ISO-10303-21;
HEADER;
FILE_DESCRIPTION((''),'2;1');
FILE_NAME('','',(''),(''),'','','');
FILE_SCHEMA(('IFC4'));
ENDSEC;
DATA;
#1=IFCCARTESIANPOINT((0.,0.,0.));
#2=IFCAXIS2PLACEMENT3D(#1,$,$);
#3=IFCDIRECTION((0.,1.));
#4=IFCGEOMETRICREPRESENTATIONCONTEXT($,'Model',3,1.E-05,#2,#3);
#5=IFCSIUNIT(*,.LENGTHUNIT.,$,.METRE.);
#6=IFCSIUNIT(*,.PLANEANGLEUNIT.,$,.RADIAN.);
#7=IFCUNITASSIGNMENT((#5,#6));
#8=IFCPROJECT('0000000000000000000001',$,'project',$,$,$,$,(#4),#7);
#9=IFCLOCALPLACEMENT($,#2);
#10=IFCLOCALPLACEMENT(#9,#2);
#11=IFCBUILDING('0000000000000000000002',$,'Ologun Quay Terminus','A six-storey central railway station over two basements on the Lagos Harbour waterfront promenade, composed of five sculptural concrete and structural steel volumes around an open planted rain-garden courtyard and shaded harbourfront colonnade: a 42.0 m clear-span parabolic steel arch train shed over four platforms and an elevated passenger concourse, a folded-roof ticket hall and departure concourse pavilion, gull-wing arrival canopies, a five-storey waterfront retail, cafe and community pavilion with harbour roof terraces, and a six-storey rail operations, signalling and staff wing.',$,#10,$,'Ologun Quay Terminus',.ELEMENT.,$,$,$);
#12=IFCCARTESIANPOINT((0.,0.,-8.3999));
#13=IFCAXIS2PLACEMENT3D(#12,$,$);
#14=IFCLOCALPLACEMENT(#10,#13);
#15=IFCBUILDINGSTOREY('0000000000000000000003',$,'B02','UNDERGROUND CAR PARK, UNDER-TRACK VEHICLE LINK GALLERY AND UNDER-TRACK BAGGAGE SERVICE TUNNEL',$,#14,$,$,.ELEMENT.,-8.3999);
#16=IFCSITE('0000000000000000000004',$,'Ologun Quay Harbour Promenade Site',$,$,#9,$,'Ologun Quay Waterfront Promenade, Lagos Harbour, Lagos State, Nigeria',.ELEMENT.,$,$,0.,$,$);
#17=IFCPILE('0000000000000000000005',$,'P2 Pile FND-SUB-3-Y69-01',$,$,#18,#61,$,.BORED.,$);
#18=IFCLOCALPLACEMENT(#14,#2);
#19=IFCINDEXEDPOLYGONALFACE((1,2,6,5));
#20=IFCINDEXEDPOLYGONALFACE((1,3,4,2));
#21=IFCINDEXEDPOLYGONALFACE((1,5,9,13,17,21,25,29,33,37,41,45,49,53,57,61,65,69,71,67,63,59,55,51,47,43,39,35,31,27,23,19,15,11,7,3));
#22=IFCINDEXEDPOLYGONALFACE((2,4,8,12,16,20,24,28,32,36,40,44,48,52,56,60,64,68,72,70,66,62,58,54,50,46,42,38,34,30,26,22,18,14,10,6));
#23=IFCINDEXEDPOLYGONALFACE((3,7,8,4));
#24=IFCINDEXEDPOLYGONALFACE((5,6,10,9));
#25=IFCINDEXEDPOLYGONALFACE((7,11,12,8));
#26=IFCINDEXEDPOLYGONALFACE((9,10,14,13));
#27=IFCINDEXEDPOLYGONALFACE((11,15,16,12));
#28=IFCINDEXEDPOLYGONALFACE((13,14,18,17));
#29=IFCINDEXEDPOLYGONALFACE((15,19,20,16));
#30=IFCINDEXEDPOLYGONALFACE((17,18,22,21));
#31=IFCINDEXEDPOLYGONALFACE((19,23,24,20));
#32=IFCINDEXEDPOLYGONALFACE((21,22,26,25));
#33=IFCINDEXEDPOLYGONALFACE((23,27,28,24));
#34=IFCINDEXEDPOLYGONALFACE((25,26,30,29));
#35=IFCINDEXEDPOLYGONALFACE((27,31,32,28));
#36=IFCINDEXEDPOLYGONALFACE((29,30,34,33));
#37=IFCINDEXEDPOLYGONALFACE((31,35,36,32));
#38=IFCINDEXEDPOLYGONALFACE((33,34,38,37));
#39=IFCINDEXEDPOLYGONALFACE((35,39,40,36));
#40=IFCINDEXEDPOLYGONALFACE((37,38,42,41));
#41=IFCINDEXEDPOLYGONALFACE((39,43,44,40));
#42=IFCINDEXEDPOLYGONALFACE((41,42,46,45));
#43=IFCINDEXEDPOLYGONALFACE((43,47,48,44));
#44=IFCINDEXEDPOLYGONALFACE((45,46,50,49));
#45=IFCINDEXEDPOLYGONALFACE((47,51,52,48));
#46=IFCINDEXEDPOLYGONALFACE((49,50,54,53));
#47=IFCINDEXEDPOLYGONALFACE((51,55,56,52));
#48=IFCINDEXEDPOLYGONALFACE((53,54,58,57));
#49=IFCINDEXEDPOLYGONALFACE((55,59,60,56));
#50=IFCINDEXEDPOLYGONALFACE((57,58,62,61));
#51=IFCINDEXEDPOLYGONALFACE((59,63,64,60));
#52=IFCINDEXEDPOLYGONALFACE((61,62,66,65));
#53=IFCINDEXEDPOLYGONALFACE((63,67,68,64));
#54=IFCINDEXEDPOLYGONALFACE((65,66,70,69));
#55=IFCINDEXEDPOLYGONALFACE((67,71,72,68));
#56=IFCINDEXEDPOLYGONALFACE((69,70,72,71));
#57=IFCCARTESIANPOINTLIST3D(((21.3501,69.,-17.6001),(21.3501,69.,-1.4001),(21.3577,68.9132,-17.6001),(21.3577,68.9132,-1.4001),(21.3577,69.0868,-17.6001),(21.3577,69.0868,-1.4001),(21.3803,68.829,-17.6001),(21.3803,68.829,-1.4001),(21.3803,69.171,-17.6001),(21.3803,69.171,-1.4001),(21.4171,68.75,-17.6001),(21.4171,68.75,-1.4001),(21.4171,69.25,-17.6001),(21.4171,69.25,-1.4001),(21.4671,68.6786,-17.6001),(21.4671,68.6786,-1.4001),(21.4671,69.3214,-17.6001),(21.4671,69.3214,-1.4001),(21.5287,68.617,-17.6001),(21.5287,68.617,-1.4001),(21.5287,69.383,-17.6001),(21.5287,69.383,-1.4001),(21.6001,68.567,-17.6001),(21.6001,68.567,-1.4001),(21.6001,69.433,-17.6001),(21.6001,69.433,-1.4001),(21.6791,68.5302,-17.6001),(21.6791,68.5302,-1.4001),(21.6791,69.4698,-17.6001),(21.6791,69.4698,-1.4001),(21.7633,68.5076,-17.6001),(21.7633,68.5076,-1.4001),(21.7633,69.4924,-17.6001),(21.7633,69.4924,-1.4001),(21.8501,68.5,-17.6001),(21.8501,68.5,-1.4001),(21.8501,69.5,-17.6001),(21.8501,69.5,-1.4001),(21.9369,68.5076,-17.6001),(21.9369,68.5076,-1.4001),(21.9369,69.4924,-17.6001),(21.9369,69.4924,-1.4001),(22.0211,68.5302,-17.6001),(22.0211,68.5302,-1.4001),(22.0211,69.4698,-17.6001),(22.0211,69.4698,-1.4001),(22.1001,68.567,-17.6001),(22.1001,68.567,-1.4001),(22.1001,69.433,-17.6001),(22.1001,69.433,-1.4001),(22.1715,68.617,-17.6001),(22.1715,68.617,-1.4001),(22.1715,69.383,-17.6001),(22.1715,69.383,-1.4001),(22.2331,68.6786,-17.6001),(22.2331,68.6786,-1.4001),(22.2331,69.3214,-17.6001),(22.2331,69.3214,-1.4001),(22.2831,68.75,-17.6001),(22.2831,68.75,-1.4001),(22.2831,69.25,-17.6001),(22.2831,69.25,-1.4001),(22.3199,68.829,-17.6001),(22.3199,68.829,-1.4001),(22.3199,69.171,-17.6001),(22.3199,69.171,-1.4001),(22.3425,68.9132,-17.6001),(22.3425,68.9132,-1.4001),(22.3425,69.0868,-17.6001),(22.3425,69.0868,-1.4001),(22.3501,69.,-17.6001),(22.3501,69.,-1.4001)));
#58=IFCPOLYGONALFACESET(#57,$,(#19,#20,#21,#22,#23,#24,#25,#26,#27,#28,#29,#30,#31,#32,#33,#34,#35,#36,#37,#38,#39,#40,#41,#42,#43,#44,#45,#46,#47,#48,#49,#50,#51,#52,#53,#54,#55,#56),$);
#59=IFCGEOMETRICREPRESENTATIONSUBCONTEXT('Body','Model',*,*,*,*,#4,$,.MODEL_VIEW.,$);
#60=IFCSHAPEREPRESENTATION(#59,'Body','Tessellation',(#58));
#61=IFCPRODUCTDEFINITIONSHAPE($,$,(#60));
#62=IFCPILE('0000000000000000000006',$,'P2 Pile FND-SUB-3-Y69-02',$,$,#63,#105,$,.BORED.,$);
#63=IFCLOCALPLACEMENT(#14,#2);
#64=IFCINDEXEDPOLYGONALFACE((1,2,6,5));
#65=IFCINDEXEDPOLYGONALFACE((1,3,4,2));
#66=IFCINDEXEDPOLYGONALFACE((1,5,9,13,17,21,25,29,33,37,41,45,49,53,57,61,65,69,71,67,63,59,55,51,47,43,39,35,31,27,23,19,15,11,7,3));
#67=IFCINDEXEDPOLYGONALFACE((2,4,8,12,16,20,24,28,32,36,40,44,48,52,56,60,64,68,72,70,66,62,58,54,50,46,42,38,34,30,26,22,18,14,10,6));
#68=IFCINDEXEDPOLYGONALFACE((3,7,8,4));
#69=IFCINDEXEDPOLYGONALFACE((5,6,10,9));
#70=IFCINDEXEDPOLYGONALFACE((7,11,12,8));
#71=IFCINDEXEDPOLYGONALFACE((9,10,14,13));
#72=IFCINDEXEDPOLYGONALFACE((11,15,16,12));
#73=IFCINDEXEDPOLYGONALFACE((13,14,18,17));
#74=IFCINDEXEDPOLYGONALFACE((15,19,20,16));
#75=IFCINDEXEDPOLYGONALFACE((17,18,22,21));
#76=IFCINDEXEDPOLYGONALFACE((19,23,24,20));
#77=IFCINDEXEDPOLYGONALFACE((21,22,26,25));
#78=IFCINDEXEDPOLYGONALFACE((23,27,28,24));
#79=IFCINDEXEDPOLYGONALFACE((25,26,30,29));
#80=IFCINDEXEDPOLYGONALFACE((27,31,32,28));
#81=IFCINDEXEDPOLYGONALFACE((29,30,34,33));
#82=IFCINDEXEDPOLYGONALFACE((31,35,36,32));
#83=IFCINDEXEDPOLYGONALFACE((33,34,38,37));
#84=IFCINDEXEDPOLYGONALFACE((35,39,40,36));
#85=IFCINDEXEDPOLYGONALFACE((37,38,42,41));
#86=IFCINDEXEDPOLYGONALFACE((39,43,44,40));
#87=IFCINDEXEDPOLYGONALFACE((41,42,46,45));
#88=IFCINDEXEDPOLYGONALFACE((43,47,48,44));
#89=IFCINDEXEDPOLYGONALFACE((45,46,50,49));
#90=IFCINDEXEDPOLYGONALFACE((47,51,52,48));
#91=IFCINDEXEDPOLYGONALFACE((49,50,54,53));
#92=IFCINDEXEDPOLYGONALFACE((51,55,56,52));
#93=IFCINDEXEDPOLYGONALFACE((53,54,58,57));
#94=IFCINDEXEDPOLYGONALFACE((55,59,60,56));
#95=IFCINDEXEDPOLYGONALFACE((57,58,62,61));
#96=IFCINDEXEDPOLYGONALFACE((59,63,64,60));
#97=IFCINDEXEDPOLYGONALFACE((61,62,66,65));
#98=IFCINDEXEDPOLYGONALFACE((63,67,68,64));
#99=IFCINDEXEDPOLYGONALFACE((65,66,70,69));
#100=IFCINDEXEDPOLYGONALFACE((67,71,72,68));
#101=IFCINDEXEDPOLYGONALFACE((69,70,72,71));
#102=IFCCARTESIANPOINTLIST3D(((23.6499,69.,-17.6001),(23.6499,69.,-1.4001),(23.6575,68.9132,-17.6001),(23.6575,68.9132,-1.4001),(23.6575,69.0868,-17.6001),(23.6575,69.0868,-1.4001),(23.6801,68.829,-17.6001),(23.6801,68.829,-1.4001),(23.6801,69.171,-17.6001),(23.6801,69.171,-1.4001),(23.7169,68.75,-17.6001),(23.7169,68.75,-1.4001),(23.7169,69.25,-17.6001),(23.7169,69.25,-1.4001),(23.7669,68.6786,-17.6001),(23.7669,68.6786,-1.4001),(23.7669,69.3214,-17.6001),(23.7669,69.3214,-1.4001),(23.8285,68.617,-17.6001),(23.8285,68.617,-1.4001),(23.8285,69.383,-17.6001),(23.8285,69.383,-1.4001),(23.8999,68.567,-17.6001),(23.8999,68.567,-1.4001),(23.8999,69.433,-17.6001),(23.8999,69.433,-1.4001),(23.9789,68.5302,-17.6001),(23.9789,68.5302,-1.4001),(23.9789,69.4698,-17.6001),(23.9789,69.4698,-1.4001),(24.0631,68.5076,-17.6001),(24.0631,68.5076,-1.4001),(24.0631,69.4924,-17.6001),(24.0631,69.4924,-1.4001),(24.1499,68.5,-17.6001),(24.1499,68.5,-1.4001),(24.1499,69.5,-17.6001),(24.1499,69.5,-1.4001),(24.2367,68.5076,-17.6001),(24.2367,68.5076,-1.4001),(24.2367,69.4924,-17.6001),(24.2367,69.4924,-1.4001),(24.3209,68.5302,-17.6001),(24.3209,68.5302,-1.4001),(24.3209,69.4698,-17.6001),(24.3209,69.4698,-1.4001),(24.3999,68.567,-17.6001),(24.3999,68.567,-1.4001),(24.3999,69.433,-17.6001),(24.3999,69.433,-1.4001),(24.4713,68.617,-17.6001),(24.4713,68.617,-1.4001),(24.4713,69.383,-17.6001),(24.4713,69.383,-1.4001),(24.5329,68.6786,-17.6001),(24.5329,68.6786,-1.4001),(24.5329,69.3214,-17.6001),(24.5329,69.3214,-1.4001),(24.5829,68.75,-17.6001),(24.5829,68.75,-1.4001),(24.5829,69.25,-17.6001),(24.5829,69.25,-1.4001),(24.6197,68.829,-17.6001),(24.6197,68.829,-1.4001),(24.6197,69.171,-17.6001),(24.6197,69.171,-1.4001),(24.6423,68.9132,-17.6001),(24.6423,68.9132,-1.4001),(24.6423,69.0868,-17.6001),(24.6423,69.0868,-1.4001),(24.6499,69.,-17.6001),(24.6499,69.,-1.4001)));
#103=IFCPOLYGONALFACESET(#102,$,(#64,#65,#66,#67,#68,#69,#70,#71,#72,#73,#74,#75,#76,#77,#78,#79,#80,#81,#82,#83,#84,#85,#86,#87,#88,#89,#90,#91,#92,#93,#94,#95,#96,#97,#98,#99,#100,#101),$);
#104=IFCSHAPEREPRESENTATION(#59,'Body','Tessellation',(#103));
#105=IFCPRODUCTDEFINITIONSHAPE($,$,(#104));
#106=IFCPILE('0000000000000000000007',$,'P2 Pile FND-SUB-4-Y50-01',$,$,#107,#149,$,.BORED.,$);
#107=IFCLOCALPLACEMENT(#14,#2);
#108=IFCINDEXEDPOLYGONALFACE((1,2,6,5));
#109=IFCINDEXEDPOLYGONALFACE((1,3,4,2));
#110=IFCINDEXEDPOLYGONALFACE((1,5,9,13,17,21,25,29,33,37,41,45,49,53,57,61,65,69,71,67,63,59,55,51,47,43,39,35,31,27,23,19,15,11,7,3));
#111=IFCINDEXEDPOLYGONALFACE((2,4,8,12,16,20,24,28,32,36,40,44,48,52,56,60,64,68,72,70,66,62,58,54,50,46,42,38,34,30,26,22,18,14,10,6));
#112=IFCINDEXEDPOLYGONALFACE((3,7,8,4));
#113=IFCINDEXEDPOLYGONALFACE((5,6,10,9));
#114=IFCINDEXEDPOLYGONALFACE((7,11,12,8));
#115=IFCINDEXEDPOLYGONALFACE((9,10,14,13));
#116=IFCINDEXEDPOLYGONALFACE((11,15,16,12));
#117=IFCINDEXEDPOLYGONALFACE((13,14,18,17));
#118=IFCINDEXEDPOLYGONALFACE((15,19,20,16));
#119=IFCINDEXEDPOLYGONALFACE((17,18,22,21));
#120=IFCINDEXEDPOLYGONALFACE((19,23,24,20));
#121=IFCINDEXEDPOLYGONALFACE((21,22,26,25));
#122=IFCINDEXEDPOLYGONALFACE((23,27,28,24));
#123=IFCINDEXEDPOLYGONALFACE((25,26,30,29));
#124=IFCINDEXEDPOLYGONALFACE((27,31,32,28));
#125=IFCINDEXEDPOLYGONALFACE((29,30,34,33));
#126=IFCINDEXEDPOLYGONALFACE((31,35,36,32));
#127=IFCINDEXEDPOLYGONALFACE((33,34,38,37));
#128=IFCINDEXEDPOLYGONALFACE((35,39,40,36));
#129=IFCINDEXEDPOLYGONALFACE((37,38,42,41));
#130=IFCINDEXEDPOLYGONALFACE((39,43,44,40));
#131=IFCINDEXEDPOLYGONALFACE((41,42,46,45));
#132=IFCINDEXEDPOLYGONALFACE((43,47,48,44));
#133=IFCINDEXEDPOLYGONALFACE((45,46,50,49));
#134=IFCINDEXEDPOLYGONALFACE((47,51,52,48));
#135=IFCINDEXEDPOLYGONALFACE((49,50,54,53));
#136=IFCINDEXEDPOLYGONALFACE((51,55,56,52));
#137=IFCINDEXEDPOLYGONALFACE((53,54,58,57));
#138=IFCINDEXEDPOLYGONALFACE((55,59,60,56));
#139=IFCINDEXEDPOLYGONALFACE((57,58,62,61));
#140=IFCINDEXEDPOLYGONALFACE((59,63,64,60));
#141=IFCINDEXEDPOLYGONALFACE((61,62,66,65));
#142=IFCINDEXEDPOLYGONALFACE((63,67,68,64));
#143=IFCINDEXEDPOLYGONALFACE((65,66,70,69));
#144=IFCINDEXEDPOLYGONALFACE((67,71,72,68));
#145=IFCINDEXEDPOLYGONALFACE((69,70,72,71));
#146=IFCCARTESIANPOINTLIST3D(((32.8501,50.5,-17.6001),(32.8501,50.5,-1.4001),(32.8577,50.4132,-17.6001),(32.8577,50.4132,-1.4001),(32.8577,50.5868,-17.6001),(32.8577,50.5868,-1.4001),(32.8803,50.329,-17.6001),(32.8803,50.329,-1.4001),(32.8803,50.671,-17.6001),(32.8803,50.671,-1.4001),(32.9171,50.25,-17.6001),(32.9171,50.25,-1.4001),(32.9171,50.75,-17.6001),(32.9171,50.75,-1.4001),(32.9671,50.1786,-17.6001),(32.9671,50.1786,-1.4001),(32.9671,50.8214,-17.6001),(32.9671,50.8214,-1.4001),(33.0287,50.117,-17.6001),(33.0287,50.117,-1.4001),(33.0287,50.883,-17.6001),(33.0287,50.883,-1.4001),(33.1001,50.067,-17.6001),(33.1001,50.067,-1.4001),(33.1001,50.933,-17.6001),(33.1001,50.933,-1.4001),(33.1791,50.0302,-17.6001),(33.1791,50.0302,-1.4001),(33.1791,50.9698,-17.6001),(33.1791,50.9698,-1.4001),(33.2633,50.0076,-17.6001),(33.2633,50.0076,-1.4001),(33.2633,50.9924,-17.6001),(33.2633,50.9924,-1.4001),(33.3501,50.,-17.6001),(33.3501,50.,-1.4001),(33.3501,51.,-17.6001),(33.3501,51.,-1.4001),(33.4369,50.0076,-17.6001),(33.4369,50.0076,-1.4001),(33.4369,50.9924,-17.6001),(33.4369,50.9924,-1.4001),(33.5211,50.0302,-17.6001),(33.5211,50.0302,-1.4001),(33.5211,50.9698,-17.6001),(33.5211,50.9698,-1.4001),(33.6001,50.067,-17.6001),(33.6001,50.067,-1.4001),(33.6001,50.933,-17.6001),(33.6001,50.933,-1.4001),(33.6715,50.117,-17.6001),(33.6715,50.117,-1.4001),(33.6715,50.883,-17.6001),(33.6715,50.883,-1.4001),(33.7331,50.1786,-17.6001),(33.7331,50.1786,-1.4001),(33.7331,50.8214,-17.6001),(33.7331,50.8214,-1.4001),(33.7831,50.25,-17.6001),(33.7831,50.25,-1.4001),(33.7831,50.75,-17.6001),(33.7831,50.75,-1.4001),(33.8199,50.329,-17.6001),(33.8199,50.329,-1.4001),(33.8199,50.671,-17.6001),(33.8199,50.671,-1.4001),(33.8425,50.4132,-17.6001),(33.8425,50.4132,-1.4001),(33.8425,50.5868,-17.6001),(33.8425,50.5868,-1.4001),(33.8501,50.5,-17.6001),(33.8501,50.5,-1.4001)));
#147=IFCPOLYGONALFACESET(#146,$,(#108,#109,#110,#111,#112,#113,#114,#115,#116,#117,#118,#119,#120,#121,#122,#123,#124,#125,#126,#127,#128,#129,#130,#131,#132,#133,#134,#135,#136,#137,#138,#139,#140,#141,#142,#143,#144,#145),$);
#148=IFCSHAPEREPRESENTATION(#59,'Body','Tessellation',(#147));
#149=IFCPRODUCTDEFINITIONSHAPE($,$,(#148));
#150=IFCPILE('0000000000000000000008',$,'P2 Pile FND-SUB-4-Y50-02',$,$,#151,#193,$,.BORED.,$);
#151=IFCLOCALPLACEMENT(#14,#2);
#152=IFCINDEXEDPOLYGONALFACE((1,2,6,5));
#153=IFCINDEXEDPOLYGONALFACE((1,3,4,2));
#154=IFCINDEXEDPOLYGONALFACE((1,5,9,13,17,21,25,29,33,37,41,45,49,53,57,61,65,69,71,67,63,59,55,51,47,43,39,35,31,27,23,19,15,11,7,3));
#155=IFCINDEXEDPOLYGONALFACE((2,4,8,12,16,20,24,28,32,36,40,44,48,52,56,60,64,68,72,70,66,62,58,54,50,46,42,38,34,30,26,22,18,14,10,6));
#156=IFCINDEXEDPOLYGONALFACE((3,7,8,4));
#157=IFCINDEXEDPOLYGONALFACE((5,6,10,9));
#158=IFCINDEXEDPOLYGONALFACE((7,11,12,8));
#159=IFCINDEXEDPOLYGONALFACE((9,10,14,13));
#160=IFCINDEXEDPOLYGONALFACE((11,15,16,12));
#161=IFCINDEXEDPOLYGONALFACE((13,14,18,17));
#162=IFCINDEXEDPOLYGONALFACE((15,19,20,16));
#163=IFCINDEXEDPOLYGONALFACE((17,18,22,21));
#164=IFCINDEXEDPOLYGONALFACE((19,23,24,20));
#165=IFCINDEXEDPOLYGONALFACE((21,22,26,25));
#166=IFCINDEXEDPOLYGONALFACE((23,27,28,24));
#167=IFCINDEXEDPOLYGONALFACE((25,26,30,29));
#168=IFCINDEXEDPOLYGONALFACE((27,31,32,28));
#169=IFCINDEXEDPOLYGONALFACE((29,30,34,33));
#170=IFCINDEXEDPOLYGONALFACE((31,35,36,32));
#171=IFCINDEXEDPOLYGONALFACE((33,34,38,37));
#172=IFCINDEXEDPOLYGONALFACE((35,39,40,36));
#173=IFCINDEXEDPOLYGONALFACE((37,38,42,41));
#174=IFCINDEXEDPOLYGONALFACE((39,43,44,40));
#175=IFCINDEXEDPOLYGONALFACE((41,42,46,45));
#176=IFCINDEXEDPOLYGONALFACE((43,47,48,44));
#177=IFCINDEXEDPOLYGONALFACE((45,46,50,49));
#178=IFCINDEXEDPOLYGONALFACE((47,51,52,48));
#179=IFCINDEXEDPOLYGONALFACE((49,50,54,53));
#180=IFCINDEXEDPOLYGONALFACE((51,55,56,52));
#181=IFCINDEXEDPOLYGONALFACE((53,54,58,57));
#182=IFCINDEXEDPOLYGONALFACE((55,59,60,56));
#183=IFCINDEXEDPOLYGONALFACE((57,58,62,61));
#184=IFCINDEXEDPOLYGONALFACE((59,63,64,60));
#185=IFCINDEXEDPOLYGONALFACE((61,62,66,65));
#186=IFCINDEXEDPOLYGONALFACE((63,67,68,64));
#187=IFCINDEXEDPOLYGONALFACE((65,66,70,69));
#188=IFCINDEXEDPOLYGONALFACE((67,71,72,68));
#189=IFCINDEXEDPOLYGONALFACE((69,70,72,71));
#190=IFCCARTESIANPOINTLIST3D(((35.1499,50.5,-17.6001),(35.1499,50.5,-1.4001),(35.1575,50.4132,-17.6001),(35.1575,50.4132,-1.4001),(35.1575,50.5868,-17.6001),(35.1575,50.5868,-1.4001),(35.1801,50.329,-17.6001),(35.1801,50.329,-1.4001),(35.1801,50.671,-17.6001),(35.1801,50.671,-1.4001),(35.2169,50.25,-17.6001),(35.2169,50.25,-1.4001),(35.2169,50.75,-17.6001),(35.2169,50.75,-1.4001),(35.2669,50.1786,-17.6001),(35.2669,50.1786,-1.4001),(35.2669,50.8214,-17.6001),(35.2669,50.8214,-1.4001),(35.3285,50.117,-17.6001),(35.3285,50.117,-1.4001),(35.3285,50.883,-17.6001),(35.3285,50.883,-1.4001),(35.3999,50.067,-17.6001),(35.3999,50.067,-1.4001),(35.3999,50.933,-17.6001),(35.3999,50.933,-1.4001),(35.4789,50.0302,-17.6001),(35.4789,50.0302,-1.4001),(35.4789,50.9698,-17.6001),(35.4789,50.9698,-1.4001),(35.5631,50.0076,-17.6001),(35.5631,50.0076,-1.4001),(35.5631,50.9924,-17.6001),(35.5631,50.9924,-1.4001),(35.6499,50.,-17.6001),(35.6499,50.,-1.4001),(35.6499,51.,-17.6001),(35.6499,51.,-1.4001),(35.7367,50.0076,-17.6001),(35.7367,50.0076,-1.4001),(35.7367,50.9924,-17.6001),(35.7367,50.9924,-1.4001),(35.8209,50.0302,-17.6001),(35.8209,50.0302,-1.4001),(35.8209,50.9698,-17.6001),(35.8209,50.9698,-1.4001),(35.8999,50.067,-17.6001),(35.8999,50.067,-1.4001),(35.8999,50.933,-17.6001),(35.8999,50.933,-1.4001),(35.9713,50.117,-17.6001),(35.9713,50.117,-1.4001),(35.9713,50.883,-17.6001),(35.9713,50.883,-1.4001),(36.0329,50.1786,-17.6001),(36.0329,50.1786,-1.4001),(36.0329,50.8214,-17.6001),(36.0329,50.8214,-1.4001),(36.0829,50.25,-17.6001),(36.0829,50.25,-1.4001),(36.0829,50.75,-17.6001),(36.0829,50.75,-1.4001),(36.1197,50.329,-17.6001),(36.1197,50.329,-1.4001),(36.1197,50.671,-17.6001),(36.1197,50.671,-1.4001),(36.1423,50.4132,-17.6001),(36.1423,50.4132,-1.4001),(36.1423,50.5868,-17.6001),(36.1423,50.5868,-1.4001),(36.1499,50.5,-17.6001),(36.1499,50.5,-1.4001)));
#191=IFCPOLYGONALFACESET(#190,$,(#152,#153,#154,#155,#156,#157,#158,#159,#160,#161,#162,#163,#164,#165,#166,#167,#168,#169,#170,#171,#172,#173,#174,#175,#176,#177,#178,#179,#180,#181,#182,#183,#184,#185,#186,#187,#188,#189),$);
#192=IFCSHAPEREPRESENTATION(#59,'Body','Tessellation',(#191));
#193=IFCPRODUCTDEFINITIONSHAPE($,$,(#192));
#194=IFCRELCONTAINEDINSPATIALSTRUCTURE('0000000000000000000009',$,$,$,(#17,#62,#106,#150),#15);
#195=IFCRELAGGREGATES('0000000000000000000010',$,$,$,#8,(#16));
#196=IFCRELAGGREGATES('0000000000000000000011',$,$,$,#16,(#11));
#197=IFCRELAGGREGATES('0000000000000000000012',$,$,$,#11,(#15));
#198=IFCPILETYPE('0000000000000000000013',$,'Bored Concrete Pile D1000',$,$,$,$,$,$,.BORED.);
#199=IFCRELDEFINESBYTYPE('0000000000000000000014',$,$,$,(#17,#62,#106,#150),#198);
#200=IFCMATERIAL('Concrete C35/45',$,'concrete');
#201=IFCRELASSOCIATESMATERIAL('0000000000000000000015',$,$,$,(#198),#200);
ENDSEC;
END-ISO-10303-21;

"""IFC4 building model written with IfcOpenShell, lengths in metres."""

from ifc_helpers import new_model, si_unit, direction, frame, origin, origin_2d, place, context, subcontext, project, spatial, circle, extrude, material, material_profile, profile_set, type_object, element, save


model = new_model("IFC4")

# Units and contexts
model_context = context("Model", 3, precision=1e-05, world=origin(), true_north=direction((0.0, 1.0)))
body_context = subcontext(model_context, "Body", "Model", "MODEL_VIEW")
ifc_project = project(units=[si_unit("LENGTHUNIT", "METRE"), si_unit("PLANEANGLEUNIT", "RADIAN")], contexts=[model_context])

# Site, building, storey
site_placement = place(None, origin())
site = spatial("IfcSite", under=ifc_project, at=site_placement, Name="Ologun Quay Harbour Promenade Site", LongName="Ologun Quay Waterfront Promenade, Lagos Harbour, Lagos State, Nigeria", CompositionType="ELEMENT", RefElevation=0.0)
building_placement = place(site_placement, origin())
building = spatial("IfcBuilding", under=site, at=building_placement, Name="Ologun Quay Terminus", Description="A six-storey central railway station over two basements on the Lagos Harbour waterfront promenade, composed of five sculptural concrete and structural steel volumes around an open planted rain-garden courtyard and shaded harbourfront colonnade: a 42.0 m clear-span parabolic steel arch train shed over four platforms and an elevated passenger concourse, a folded-roof ticket hall and departure concourse pavilion, gull-wing arrival canopies, a five-storey waterfront retail, cafe and community pavilion with harbour roof terraces, and a six-storey rail operations, signalling and staff wing.", LongName="Ologun Quay Terminus", CompositionType="ELEMENT")
storey_placement = place(building_placement, frame((0.0, 0.0, -8.3999)))
storey = spatial("IfcBuildingStorey", under=building, at=storey_placement, Name="B02", Description="UNDERGROUND CAR PARK, UNDER-TRACK VEHICLE LINK GALLERY AND UNDER-TRACK BAGGAGE SERVICE TUNNEL", CompositionType="ELEMENT", Elevation=-8.3999)

# Piles
ifc_material_1 = material(Name="Concrete C35/45", Category="concrete")
ifc_material_profile_1 = material_profile(ifc_material_1, circle(Radius=0.5, at=origin_2d()), Name="PILE D1000")
ifc_profile_set_1 = profile_set([ifc_material_profile_1], Name="Concrete C35/45")
pile_type_1 = type_object("IfcPileType", Name="Bored Concrete Pile D1000", PredefinedType="BORED", material=ifc_profile_set_1)
for number, where, z_axis, x_axis, name in (
    (1, (21.8501, 69.0, -1.4001), (0.0, 0.0, -1.0), (1.0, 0.0, 0.0), "P2 Pile FND-SUB-3-Y69-01"),
    (2, (24.1499, 69.0, -1.4001), (0.0, 0.0, -1.0), (1.0, 0.0, 0.0), "P2 Pile FND-SUB-3-Y69-02"),
    (3, (33.3501, 50.5, -1.4001), (0.0, 0.0, -1.0), (1.0, 0.0, 0.0), "P2 Pile FND-SUB-4-Y50-01"),
    (4, (35.6499, 50.5, -1.4001), (0.0, 0.0, -1.0), (1.0, 0.0, 0.0), "P2 Pile FND-SUB-4-Y50-02"),
):
    element("IfcPile", number, at=place(storey_placement, frame(where, z_axis=z_axis, x_axis=x_axis)), inside=storey, type_object=pile_type_1, Name=name, PredefinedType="BORED", context=body_context, shape_type="SweptSolid", body=[
        extrude(circle(Radius=0.5, at=origin_2d()), origin(), (0.0, 0.0, 1.0), 16.2),
    ])

save(model, "model.ifc")
